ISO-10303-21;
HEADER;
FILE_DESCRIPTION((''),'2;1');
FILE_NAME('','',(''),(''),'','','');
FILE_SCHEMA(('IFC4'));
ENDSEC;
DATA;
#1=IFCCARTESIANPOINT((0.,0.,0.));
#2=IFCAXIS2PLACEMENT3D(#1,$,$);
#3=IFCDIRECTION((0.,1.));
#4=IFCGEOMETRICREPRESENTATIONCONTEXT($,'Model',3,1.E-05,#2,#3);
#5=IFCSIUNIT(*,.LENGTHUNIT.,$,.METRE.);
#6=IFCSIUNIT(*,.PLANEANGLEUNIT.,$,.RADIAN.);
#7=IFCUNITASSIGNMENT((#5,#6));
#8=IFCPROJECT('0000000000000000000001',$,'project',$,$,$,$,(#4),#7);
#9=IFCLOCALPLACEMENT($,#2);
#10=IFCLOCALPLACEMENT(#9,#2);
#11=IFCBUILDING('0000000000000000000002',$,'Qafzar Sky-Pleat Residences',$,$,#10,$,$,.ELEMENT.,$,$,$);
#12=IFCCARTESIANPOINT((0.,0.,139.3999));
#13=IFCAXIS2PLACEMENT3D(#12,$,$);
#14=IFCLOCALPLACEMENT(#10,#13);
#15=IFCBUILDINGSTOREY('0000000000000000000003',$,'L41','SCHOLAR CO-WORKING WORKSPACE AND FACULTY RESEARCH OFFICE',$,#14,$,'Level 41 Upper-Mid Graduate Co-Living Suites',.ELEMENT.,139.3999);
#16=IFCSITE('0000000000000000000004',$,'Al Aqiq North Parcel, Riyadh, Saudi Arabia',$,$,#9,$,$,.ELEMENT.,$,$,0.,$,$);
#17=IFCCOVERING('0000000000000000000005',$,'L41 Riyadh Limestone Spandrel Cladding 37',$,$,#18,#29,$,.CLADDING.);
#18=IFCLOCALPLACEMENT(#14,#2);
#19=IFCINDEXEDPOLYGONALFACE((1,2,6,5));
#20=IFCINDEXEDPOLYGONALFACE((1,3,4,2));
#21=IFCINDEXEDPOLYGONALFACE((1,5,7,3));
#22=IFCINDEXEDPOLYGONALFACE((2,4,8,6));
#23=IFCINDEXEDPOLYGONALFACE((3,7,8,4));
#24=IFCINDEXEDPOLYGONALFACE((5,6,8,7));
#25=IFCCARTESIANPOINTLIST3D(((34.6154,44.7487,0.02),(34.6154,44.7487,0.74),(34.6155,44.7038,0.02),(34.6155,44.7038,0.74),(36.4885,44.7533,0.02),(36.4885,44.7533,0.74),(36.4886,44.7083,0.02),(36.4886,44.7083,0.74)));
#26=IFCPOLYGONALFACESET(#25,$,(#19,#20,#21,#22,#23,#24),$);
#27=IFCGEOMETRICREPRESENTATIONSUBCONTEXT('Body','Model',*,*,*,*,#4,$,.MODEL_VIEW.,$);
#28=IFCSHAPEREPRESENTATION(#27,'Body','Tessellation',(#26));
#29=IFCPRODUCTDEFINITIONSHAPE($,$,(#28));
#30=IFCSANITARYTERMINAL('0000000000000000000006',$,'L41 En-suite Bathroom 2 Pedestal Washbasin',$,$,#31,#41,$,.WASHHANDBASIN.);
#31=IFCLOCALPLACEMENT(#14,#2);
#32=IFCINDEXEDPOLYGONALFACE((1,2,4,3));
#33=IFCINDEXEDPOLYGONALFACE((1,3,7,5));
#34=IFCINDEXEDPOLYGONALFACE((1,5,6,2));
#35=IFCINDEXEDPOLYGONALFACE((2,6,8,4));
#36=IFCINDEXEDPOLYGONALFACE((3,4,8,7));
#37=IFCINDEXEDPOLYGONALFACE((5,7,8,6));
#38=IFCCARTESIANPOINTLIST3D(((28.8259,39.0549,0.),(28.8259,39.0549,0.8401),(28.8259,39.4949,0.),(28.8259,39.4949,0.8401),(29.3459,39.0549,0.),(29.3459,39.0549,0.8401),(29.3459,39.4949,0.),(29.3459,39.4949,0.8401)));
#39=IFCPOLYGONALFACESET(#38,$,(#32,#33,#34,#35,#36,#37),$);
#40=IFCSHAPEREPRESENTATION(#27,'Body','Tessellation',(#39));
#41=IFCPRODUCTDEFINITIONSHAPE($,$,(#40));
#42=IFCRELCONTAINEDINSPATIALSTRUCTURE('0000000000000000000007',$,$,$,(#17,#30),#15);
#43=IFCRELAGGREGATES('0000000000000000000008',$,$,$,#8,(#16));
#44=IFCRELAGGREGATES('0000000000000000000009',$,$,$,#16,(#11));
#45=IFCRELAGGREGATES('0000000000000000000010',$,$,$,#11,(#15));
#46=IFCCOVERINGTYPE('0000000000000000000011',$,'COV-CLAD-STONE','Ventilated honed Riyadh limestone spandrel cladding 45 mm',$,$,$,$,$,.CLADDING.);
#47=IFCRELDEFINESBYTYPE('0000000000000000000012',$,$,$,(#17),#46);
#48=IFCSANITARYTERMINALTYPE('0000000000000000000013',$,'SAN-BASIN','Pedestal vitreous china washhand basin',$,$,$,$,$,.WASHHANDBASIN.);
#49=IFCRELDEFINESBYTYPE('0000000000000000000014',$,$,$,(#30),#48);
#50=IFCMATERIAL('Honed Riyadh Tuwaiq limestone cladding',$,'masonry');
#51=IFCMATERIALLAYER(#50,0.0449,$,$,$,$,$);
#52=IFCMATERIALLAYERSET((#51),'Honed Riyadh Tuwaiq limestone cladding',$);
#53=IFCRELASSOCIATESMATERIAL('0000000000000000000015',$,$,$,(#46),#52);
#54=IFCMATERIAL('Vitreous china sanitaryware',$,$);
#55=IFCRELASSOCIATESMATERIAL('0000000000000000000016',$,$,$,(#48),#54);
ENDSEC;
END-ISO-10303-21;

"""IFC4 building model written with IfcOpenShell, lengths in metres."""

from ifc_helpers import new_model, si_unit, direction, frame, origin, origin_2d, place, context, subcontext, project, spatial, rectangle, extrude, source, transform, mapped, material, layer, layer_set, type_object, element, save


model = new_model("IFC4")

# Units and contexts
model_context = context("Model", 3, precision=1e-05, world=origin(), true_north=direction((0.0, 1.0)))
body_context = subcontext(model_context, "Body", "Model", "MODEL_VIEW")
ifc_project = project(units=[si_unit("LENGTHUNIT", "METRE"), si_unit("PLANEANGLEUNIT", "RADIAN")], contexts=[model_context])

# Site, building, storey
site_placement = place(None, origin())
site = spatial("IfcSite", under=ifc_project, at=site_placement, Name="Al Aqiq North Parcel, Riyadh, Saudi Arabia", CompositionType="ELEMENT", RefElevation=0.0)
building_placement = place(site_placement, origin())
building = spatial("IfcBuilding", under=site, at=building_placement, Name="Qafzar Sky-Pleat Residences", CompositionType="ELEMENT")
storey_placement = place(building_placement, frame((0.0, 0.0, 139.3999)))
storey = spatial("IfcBuildingStorey", under=building, at=storey_placement, Name="L41", Description="SCHOLAR CO-WORKING WORKSPACE AND FACULTY RESEARCH OFFICE", LongName="Level 41 Upper-Mid Graduate Co-Living Suites", CompositionType="ELEMENT", Elevation=139.3999)

# Covering
ifc_material_1 = material(Name="Honed Riyadh Tuwaiq limestone cladding", Category="masonry")
ifc_layer_1 = layer(ifc_material_1, 0.0449)
ifc_layer_set_1 = layer_set([ifc_layer_1], Name="Honed Riyadh Tuwaiq limestone cladding")
covering_type = type_object("IfcCoveringType", Name="COV-CLAD-STONE", Description="Ventilated honed Riyadh limestone spandrel cladding 45 mm", PredefinedType="CLADDING", material=ifc_layer_set_1)
shared_shape_1 = source(origin(), body_context, "Body", "SweptSolid", [
    extrude(rectangle(XDim=1.873, YDim=0.0449, at=origin_2d()), origin(), (0.0, 0.0, 1.0), 0.72),
])
covering_placement = place(storey_placement, frame((35.552, 44.7285, 0.02), z_axis=(0.0, 0.0, 1.0), x_axis=(-0.999997, -0.002451, 0.0)))
element("IfcCovering", 1, at=covering_placement, inside=storey, type_object=covering_type, Name="L41 Riyadh Limestone Spandrel Cladding 37", PredefinedType="CLADDING", context=body_context, shape_type="MappedRepresentation", body=[
    mapped(shared_shape_1, transform((0.0, 0.0, 0.0), x_axis=(1.0, 0.0, 0.0), y_axis=(0.0, 1.0, 0.0), z_axis=(0.0, 0.0, 1.0), scale=1.0)),
])

# Sanitary terminal
ifc_material_2 = material(Name="Vitreous china sanitaryware")
sanitary_terminal_type = type_object("IfcSanitaryTerminalType", Name="SAN-BASIN", Description="Pedestal vitreous china washhand basin", PredefinedType="WASHHANDBASIN", material=ifc_material_2)
shared_shape_2 = source(origin(), body_context, "Body", "SweptSolid", [
    extrude(rectangle(XDim=0.52, YDim=0.4399, at=origin_2d()), origin(), (0.0, 0.0, 1.0), 0.8401),
])
sanitary_terminal_placement = place(storey_placement, frame((29.0859, 39.2749, 0.0), z_axis=(0.0, 0.0, 1.0), x_axis=(1.0, 0.0, 0.0)))
element("IfcSanitaryTerminal", 2, at=sanitary_terminal_placement, inside=storey, type_object=sanitary_terminal_type, Name="L41 En-suite Bathroom 2 Pedestal Washbasin", PredefinedType="WASHHANDBASIN", context=body_context, shape_type="MappedRepresentation", body=[
    mapped(shared_shape_2, transform((0.0, 0.0, 0.0), x_axis=(1.0, 0.0, 0.0), y_axis=(0.0, 1.0, 0.0), z_axis=(0.0, 0.0, 1.0), scale=1.0)),
])

save(model, "model.ifc")
